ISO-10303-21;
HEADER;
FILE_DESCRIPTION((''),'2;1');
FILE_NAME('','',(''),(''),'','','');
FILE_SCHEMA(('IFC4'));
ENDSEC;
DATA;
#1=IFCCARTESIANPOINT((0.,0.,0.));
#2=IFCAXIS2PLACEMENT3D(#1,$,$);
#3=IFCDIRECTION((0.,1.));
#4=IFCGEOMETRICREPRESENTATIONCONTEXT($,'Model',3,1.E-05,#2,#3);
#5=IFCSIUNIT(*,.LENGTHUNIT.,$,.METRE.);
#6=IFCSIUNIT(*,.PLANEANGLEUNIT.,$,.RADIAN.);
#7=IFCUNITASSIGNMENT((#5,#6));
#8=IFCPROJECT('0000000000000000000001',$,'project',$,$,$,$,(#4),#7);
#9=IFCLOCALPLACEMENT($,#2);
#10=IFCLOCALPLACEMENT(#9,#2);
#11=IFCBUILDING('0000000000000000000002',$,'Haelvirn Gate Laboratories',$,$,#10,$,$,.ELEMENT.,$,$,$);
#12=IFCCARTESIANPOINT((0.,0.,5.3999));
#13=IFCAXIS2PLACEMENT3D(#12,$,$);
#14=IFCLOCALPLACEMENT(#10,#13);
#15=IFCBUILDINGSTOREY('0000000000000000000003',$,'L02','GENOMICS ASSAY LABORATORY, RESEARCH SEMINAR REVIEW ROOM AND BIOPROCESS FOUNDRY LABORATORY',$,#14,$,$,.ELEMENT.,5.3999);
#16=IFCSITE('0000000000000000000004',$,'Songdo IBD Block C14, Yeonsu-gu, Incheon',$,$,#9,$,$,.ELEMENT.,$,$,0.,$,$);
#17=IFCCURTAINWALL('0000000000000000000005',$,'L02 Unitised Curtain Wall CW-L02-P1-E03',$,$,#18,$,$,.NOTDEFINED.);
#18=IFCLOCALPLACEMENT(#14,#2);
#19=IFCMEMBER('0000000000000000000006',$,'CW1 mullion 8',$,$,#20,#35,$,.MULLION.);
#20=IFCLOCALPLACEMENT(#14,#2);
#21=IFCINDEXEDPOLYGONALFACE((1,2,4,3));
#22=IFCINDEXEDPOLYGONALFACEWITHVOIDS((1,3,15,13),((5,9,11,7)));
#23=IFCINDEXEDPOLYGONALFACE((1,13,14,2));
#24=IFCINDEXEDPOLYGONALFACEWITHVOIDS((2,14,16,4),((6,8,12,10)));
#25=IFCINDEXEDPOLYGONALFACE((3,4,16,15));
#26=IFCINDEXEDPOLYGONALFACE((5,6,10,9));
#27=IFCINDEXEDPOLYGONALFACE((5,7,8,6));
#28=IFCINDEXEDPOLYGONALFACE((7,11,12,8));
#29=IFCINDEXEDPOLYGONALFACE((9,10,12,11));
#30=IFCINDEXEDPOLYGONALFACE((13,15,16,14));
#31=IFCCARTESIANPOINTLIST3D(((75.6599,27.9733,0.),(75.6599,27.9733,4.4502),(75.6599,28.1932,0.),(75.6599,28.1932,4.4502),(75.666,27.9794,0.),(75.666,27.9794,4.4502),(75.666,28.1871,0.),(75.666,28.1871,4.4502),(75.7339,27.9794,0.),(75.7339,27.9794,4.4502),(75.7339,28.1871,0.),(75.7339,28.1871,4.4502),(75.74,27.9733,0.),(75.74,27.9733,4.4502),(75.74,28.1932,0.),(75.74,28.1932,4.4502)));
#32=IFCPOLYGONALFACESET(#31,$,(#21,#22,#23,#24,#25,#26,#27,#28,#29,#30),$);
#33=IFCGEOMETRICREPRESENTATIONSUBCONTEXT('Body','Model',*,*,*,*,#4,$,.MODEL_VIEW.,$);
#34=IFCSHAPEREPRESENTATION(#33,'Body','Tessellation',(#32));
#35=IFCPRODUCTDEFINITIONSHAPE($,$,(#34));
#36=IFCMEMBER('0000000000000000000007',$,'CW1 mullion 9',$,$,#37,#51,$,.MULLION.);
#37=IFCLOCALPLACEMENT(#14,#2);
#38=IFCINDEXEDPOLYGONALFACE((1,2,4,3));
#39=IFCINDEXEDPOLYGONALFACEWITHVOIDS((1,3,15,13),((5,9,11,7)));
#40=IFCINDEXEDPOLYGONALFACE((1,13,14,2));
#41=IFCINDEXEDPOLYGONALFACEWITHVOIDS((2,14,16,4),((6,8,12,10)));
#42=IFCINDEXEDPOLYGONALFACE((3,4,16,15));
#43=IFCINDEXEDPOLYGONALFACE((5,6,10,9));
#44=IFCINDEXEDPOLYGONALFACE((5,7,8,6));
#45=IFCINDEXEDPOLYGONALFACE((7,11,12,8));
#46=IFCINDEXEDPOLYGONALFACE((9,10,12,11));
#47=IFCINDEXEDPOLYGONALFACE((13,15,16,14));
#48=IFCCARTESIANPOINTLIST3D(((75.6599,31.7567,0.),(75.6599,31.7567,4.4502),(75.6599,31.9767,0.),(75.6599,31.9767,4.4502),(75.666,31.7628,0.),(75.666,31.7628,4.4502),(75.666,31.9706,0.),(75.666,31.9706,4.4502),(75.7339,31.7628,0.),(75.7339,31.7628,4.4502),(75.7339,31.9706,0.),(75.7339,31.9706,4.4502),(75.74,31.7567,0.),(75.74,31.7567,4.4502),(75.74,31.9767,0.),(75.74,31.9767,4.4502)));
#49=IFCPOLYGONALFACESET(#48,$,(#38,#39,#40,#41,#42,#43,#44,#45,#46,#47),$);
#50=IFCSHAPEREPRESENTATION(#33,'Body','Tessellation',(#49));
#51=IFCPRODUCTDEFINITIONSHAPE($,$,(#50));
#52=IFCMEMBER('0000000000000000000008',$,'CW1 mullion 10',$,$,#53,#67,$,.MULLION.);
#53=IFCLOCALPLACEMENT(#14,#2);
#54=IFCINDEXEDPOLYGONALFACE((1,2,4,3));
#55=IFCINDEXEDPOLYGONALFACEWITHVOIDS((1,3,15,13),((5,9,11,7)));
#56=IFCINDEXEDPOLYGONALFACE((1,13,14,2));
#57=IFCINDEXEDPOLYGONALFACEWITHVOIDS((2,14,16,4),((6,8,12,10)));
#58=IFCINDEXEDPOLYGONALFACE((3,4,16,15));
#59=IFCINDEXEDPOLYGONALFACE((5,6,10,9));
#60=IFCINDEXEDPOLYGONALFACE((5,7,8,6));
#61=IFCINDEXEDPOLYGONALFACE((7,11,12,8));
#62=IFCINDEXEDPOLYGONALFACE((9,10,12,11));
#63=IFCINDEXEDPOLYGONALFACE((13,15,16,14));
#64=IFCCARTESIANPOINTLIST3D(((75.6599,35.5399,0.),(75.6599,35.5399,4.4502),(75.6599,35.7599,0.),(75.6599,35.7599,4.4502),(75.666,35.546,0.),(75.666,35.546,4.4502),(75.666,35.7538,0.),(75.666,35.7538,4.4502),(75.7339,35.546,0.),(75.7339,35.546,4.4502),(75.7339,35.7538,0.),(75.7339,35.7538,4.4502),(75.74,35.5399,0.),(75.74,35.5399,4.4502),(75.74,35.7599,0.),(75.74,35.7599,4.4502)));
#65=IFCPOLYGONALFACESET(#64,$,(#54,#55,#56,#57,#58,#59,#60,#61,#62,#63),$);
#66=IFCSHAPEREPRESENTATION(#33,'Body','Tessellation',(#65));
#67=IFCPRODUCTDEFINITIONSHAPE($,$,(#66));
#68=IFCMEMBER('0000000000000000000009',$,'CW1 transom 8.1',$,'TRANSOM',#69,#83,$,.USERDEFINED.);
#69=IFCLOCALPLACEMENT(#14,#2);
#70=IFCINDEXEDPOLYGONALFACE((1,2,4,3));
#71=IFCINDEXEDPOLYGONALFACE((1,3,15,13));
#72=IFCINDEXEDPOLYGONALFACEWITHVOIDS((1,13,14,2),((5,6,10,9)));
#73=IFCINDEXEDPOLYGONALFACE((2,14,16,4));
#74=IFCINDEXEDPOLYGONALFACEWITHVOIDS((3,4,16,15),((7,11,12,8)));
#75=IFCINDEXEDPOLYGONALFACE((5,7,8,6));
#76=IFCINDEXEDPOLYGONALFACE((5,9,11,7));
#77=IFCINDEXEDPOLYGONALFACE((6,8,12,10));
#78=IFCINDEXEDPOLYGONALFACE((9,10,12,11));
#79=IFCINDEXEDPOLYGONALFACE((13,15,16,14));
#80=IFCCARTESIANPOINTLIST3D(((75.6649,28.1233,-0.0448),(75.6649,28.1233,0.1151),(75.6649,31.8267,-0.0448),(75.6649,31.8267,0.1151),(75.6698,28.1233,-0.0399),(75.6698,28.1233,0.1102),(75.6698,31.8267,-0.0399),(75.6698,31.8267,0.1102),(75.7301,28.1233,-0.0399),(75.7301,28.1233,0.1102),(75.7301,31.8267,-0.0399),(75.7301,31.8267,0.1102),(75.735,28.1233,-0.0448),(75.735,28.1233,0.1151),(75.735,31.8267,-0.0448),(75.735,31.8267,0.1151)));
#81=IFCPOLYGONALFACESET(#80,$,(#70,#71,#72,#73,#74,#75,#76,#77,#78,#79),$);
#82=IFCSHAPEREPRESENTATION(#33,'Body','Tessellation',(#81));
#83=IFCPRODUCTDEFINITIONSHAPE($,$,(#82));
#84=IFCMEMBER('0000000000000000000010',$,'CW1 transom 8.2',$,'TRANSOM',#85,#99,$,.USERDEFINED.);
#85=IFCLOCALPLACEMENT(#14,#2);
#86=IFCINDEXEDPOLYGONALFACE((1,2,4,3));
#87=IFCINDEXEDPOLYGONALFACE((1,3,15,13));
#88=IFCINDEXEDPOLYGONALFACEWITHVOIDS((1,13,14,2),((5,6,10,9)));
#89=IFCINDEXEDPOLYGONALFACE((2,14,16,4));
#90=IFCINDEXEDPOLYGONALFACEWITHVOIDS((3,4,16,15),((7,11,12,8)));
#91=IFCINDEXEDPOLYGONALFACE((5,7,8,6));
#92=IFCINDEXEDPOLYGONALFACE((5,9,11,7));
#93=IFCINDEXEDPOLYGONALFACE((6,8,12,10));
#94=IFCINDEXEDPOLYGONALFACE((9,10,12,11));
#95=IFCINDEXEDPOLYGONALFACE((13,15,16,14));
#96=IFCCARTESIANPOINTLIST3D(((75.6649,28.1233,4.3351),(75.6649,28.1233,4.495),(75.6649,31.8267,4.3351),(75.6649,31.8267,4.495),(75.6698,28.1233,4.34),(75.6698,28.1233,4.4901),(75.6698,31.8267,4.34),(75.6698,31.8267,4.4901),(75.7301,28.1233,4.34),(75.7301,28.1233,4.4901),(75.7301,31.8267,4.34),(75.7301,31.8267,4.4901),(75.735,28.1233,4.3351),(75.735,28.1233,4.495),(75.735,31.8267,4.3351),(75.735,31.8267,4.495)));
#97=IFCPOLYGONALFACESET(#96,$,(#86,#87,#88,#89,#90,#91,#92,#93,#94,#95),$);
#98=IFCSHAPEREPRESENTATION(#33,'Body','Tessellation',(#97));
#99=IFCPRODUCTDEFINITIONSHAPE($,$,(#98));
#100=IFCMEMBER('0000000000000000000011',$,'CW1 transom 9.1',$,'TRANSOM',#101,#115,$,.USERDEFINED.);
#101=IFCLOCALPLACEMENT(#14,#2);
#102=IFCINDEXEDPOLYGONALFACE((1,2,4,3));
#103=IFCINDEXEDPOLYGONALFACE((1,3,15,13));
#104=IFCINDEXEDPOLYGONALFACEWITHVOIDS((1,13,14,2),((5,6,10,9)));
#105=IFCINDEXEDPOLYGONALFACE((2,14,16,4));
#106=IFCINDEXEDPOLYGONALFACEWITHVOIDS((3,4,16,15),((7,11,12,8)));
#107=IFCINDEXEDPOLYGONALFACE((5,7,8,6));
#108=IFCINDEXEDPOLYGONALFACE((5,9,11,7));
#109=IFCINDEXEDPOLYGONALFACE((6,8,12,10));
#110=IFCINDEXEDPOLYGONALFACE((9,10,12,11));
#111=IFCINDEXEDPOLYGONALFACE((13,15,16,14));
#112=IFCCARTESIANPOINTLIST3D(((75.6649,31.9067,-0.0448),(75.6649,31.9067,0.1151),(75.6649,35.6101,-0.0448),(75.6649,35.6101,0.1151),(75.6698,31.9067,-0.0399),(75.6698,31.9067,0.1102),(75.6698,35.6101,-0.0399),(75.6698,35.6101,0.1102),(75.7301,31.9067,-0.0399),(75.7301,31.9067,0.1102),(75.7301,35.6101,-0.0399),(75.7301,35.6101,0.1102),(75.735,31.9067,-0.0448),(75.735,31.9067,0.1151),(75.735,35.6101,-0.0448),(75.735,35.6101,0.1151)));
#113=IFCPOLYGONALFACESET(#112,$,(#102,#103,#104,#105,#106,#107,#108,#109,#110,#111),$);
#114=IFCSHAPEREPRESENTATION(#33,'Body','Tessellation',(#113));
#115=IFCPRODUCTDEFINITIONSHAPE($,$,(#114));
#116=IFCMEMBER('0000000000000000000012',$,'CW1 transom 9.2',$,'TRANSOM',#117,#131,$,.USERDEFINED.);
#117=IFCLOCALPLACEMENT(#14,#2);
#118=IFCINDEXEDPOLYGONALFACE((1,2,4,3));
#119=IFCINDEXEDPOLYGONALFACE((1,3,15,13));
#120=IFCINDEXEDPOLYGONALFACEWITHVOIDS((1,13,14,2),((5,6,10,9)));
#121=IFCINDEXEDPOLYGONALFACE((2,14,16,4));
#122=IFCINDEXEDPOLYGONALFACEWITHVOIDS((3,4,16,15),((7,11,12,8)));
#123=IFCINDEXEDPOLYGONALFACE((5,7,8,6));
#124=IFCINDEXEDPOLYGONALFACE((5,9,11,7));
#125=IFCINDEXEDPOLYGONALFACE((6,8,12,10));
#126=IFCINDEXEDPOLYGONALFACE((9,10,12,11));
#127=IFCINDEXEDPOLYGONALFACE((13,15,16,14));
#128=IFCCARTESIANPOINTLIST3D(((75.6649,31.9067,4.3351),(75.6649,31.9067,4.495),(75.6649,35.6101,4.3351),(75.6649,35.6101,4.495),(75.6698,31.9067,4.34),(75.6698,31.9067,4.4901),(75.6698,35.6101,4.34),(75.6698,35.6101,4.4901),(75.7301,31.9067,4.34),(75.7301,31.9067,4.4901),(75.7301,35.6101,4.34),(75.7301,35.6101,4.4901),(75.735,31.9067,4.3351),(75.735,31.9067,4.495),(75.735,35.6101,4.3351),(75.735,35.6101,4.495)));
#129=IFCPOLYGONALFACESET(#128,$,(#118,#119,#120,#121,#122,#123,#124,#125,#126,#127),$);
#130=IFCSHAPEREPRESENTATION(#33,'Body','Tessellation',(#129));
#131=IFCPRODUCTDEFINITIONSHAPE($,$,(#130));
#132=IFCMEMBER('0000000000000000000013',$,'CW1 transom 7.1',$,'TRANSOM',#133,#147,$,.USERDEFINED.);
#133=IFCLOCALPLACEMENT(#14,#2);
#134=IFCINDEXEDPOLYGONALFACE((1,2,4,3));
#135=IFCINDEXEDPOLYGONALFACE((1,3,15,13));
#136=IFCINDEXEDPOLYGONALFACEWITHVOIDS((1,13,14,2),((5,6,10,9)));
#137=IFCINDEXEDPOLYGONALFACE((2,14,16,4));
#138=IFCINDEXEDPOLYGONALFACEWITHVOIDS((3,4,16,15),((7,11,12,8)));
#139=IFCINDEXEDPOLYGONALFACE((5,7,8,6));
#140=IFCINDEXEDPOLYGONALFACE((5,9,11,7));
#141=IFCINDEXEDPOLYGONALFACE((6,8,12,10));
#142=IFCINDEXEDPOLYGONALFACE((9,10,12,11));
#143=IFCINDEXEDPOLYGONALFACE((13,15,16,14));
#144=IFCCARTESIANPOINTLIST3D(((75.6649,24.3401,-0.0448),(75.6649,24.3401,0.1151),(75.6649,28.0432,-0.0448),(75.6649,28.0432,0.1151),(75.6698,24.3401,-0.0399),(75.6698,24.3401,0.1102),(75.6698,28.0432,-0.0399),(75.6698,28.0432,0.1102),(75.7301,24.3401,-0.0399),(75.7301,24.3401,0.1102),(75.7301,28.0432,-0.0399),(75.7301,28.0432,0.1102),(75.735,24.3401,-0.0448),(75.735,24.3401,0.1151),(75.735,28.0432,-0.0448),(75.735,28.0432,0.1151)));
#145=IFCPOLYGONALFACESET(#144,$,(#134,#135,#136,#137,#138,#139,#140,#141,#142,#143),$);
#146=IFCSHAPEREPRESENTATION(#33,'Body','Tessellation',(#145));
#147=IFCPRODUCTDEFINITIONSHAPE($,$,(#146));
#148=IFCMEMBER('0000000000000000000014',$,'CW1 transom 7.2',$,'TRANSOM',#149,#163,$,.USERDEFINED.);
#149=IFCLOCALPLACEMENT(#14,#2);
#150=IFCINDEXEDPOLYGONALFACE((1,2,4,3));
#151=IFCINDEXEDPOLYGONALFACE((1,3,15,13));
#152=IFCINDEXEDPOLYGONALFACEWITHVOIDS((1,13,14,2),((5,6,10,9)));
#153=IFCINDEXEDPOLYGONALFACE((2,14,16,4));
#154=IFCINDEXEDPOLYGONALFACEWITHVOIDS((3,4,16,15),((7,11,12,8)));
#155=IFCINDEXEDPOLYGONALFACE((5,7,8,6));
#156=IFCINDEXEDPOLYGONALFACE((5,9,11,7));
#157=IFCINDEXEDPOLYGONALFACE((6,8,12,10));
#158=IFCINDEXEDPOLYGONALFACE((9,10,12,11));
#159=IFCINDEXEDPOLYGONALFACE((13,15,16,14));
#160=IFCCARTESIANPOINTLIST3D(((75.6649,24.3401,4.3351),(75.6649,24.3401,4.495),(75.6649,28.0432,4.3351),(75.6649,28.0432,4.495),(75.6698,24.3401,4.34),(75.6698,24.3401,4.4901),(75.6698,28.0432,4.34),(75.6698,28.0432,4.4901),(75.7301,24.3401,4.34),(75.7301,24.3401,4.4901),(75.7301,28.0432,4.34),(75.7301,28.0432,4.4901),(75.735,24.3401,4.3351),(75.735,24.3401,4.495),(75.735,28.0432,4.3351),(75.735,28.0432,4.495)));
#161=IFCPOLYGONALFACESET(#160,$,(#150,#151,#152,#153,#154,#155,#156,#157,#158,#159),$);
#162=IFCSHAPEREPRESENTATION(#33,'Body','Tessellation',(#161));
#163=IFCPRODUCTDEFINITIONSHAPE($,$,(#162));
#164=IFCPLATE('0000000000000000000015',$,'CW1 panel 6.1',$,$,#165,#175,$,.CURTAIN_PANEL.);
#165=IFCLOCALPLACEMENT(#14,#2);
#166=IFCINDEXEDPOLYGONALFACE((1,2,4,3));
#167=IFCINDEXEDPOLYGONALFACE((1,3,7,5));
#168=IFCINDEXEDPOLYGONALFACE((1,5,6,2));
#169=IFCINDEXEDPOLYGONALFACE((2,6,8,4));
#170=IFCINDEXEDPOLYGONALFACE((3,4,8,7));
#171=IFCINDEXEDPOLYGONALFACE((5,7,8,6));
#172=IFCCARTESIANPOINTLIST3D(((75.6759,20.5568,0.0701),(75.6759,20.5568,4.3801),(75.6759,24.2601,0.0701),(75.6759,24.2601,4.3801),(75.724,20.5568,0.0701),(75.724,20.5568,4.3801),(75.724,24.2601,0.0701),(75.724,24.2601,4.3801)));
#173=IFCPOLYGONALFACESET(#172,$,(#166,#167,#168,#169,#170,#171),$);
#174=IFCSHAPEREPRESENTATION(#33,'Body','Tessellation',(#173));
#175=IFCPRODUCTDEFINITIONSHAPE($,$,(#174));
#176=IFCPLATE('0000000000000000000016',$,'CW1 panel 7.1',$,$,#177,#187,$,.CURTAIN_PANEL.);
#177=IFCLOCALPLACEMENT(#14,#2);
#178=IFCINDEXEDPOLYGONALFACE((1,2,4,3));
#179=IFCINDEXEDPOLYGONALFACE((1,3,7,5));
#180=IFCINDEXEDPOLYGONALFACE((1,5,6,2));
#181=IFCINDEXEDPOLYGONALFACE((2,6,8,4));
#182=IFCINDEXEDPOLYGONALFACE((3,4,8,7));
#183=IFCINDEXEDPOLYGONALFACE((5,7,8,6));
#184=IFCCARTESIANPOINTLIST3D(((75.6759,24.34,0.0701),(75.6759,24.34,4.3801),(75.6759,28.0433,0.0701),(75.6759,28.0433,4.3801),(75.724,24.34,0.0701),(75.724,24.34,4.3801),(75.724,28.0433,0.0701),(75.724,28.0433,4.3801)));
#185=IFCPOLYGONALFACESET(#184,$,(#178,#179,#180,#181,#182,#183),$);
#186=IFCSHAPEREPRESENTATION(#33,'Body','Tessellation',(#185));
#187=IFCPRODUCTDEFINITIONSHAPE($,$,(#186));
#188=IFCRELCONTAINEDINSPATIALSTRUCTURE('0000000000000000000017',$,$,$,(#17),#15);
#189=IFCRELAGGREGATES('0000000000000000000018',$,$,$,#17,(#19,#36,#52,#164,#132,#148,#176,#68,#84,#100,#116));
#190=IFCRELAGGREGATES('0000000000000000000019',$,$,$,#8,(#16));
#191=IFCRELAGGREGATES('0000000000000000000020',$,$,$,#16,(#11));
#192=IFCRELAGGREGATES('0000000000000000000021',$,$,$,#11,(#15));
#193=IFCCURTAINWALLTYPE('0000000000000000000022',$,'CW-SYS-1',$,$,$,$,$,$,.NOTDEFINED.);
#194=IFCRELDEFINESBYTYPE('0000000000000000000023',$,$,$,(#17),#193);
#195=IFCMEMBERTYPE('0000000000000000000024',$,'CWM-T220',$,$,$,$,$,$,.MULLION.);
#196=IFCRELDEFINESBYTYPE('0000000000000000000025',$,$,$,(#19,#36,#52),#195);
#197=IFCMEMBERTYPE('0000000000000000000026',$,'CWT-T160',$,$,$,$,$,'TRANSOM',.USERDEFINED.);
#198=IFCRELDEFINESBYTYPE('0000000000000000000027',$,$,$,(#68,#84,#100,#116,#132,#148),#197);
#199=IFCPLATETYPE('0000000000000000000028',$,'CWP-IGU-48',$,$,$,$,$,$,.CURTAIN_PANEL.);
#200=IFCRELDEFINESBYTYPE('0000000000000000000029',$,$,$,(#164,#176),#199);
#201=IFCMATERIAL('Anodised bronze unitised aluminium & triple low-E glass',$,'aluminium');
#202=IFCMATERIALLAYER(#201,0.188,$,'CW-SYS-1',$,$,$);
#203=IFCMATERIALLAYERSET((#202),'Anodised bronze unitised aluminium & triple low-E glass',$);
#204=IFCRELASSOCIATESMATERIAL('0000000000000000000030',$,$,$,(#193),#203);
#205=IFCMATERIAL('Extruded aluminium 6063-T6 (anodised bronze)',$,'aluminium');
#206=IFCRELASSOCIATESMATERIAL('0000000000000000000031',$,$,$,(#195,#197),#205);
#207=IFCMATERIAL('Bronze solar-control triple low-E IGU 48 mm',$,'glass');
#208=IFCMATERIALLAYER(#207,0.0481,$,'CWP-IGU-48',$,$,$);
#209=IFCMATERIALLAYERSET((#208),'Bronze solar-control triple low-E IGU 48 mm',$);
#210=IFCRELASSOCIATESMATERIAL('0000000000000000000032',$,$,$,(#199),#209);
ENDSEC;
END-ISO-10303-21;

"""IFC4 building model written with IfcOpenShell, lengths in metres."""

from ifc_helpers import new_model, si_unit, direction, frame, origin, origin_2d, place, context, subcontext, project, spatial, rectangle, hollow_rectangle, extrude, source, transform, mapped, material, layer, layer_set, material_profile, profile_set, type_object, type_shapes, element, aggregate, save


model = new_model("IFC4")

# Units and contexts
model_context = context("Model", 3, precision=1e-05, world=origin(), true_north=direction((0.0, 1.0)))
body_context = subcontext(model_context, "Body", "Model", "MODEL_VIEW")
ifc_project = project(units=[si_unit("LENGTHUNIT", "METRE"), si_unit("PLANEANGLEUNIT", "RADIAN")], contexts=[model_context])

# Site, building, storey
site_placement = place(None, origin())
site = spatial("IfcSite", under=ifc_project, at=site_placement, Name="Songdo IBD Block C14, Yeonsu-gu, Incheon", CompositionType="ELEMENT", RefElevation=0.0)
building_placement = place(site_placement, origin())
building = spatial("IfcBuilding", under=site, at=building_placement, Name="Haelvirn Gate Laboratories", CompositionType="ELEMENT")
storey_placement = place(building_placement, frame((0.0, 0.0, 5.3999)))
storey = spatial("IfcBuildingStorey", under=building, at=storey_placement, Name="L02", Description="GENOMICS ASSAY LABORATORY, RESEARCH SEMINAR REVIEW ROOM AND BIOPROCESS FOUNDRY LABORATORY", CompositionType="ELEMENT", Elevation=5.3999)

# Curtain wall, members, plates
ifc_material_1 = material(Name="Anodised bronze unitised aluminium & triple low-E glass", Category="aluminium")
ifc_layer_1 = layer(ifc_material_1, 0.188, Name="CW-SYS-1")
ifc_layer_set_1 = layer_set([ifc_layer_1], Name="Anodised bronze unitised aluminium & triple low-E glass")
curtain_wall_type = type_object("IfcCurtainWallType", Name="CW-SYS-1", PredefinedType="NOTDEFINED", material=ifc_layer_set_1)
curtain_wall_placement = place(storey_placement, origin())
curtain_wall = element("IfcCurtainWall", 1, at=curtain_wall_placement, inside=storey, type_object=curtain_wall_type, Name="L02 Unitised Curtain Wall CW-L02-P1-E03", PredefinedType="NOTDEFINED")
ifc_material_2 = material(Name="Extruded aluminium 6063-T6 (anodised bronze)", Category="aluminium")
ifc_material_profile_1 = material_profile(ifc_material_2, hollow_rectangle(XDim=0.0801, YDim=0.22, WallThickness=0.0061, at=origin_2d()), Name="CWM-220x80x6")
ifc_profile_set_1 = profile_set([ifc_material_profile_1], Name="Extruded aluminium 6063-T6 (anodised bronze)")
member_type_1 = type_object("IfcMemberType", Name="CWM-T220", PredefinedType="MULLION", material=ifc_profile_set_1)
shared_shape_1 = source(origin(), body_context, "Body", "SweptSolid", [
    extrude(hollow_rectangle(XDim=0.0801, YDim=0.22, WallThickness=0.0061, at=origin_2d()), origin(), (0.0, 0.0, 1.0), 4.4502),
])
type_shapes(member_type_1, [shared_shape_1])
member_1_placement = place(storey_placement, frame((75.7, 28.0833, 0.0), z_axis=(0.0, 0.0, 1.0), x_axis=(-1.0, 0.0, 0.0)))
member_1 = element("IfcMember", 2, at=member_1_placement, type_object=member_type_1, Name="CW1 mullion 8", PredefinedType="MULLION", context=body_context, shape_type="MappedRepresentation", body=[
    mapped(shared_shape_1, transform((0.0, 0.0, 0.0), scale=1.0)),
])
member_2_placement = place(storey_placement, frame((75.7, 31.8667, 0.0), z_axis=(0.0, 0.0, 1.0), x_axis=(-1.0, 0.0, 0.0)))
member_2 = element("IfcMember", 3, at=member_2_placement, type_object=member_type_1, Name="CW1 mullion 9", PredefinedType="MULLION", context=body_context, shape_type="MappedRepresentation", body=[
    mapped(shared_shape_1, transform((0.0, 0.0, 0.0), scale=1.0)),
])
member_3_placement = place(storey_placement, frame((75.7, 35.6499, 0.0), z_axis=(0.0, 0.0, 1.0), x_axis=(-1.0, 0.0, 0.0)))
member_3 = element("IfcMember", 4, at=member_3_placement, type_object=member_type_1, Name="CW1 mullion 10", PredefinedType="MULLION", context=body_context, shape_type="MappedRepresentation", body=[
    mapped(shared_shape_1, transform((0.0, 0.0, 0.0), scale=1.0)),
])
ifc_material_profile_2 = material_profile(ifc_material_2, hollow_rectangle(XDim=0.0701, YDim=0.1599, WallThickness=0.0049, at=origin_2d()), Name="CWT-160x70x5")
ifc_profile_set_2 = profile_set([ifc_material_profile_2], Name="Extruded aluminium 6063-T6 (anodised bronze)")
member_type_2 = type_object("IfcMemberType", Name="CWT-T160", ElementType="TRANSOM", PredefinedType="USERDEFINED", material=ifc_profile_set_2)
shared_shape_2 = source(origin(), body_context, "Body", "SweptSolid", [
    extrude(hollow_rectangle(XDim=0.0701, YDim=0.1599, WallThickness=0.0049, at=origin_2d()), origin(), (0.0, 0.0, 1.0), 3.7034),
])
member_4_placement = place(storey_placement, frame((75.7, 28.1233, 0.0352), z_axis=(0.0, 1.0, 0.0), x_axis=(-1.0, 0.0, 0.0)))
member_4 = element("IfcMember", 5, at=member_4_placement, type_object=member_type_2, Name="CW1 transom 8.1", ObjectType="TRANSOM", PredefinedType="USERDEFINED", context=body_context, shape_type="MappedRepresentation", body=[
    mapped(shared_shape_2, transform((0.0, 0.0, 0.0), scale=1.0)),
])
member_5_placement = place(storey_placement, frame((75.7, 28.1233, 4.415), z_axis=(0.0, 1.0, 0.0), x_axis=(-1.0, 0.0, 0.0)))
member_5 = element("IfcMember", 6, at=member_5_placement, type_object=member_type_2, Name="CW1 transom 8.2", ObjectType="TRANSOM", PredefinedType="USERDEFINED", context=body_context, shape_type="MappedRepresentation", body=[
    mapped(shared_shape_2, transform((0.0, 0.0, 0.0), scale=1.0)),
])
member_6_placement = place(storey_placement, frame((75.7, 31.9067, 0.0352), z_axis=(0.0, 1.0, 0.0), x_axis=(-1.0, 0.0, 0.0)))
member_6 = element("IfcMember", 7, at=member_6_placement, type_object=member_type_2, Name="CW1 transom 9.1", ObjectType="TRANSOM", PredefinedType="USERDEFINED", context=body_context, shape_type="MappedRepresentation", body=[
    mapped(shared_shape_2, transform((0.0, 0.0, 0.0), scale=1.0)),
])
member_7_placement = place(storey_placement, frame((75.7, 31.9067, 4.415), z_axis=(0.0, 1.0, 0.0), x_axis=(-1.0, 0.0, 0.0)))
member_7 = element("IfcMember", 8, at=member_7_placement, type_object=member_type_2, Name="CW1 transom 9.2", ObjectType="TRANSOM", PredefinedType="USERDEFINED", context=body_context, shape_type="MappedRepresentation", body=[
    mapped(shared_shape_2, transform((0.0, 0.0, 0.0), scale=1.0)),
])
shared_shape_3 = source(origin(), body_context, "Body", "SweptSolid", [
    extrude(hollow_rectangle(XDim=0.0701, YDim=0.1599, WallThickness=0.0049, at=origin_2d()), origin(), (0.0, 0.0, 1.0), 3.7031),
])
type_shapes(member_type_2, [shared_shape_2, shared_shape_3])
member_8_placement = place(storey_placement, frame((75.7, 24.3401, 0.0352), z_axis=(0.0, 1.0, 0.0), x_axis=(-1.0, 0.0, 0.0)))
member_8 = element("IfcMember", 9, at=member_8_placement, type_object=member_type_2, Name="CW1 transom 7.1", ObjectType="TRANSOM", PredefinedType="USERDEFINED", context=body_context, shape_type="MappedRepresentation", body=[
    mapped(shared_shape_3, transform((0.0, 0.0, 0.0), scale=1.0)),
])
member_9_placement = place(storey_placement, frame((75.7, 24.3401, 4.415), z_axis=(0.0, 1.0, 0.0), x_axis=(-1.0, 0.0, 0.0)))
member_9 = element("IfcMember", 10, at=member_9_placement, type_object=member_type_2, Name="CW1 transom 7.2", ObjectType="TRANSOM", PredefinedType="USERDEFINED", context=body_context, shape_type="MappedRepresentation", body=[
    mapped(shared_shape_3, transform((0.0, 0.0, 0.0), scale=1.0)),
])
ifc_material_3 = material(Name="Bronze solar-control triple low-E IGU 48 mm", Category="glass")
ifc_layer_2 = layer(ifc_material_3, 0.0481, Name="CWP-IGU-48")
ifc_layer_set_2 = layer_set([ifc_layer_2], Name="Bronze solar-control triple low-E IGU 48 mm")
plate_type = type_object("IfcPlateType", Name="CWP-IGU-48", PredefinedType="CURTAIN_PANEL", material=ifc_layer_set_2)
shared_shape_4 = source(origin(), body_context, "Body", "SweptSolid", [
    extrude(rectangle(XDim=3.7034, YDim=0.0481, at=origin_2d()), origin(), (0.0, 0.0, 1.0), 4.3101),
])
type_shapes(plate_type, [shared_shape_4])
plate_1_placement = place(storey_placement, frame((75.7, 22.4084, 0.0701), z_axis=(0.0, 0.0, 1.0), x_axis=(0.0, 1.0, 0.0)))
plate_1 = element("IfcPlate", 11, at=plate_1_placement, type_object=plate_type, Name="CW1 panel 6.1", PredefinedType="CURTAIN_PANEL", context=body_context, shape_type="MappedRepresentation", body=[
    mapped(shared_shape_4, transform((0.0, 0.0, 0.0), scale=1.0)),
])
plate_2_placement = place(storey_placement, frame((75.7, 26.1917, 0.0701), z_axis=(0.0, 0.0, 1.0), x_axis=(0.0, 1.0, 0.0)))
plate_2 = element("IfcPlate", 12, at=plate_2_placement, type_object=plate_type, Name="CW1 panel 7.1", PredefinedType="CURTAIN_PANEL", context=body_context, shape_type="MappedRepresentation", body=[
    mapped(shared_shape_4, transform((0.0, 0.0, 0.0), scale=1.0)),
])
aggregate(curtain_wall, [member_1, member_2, member_3, plate_1, member_8, member_9, plate_2, member_4, member_5, member_6, member_7])

save(model, "model.ifc")
